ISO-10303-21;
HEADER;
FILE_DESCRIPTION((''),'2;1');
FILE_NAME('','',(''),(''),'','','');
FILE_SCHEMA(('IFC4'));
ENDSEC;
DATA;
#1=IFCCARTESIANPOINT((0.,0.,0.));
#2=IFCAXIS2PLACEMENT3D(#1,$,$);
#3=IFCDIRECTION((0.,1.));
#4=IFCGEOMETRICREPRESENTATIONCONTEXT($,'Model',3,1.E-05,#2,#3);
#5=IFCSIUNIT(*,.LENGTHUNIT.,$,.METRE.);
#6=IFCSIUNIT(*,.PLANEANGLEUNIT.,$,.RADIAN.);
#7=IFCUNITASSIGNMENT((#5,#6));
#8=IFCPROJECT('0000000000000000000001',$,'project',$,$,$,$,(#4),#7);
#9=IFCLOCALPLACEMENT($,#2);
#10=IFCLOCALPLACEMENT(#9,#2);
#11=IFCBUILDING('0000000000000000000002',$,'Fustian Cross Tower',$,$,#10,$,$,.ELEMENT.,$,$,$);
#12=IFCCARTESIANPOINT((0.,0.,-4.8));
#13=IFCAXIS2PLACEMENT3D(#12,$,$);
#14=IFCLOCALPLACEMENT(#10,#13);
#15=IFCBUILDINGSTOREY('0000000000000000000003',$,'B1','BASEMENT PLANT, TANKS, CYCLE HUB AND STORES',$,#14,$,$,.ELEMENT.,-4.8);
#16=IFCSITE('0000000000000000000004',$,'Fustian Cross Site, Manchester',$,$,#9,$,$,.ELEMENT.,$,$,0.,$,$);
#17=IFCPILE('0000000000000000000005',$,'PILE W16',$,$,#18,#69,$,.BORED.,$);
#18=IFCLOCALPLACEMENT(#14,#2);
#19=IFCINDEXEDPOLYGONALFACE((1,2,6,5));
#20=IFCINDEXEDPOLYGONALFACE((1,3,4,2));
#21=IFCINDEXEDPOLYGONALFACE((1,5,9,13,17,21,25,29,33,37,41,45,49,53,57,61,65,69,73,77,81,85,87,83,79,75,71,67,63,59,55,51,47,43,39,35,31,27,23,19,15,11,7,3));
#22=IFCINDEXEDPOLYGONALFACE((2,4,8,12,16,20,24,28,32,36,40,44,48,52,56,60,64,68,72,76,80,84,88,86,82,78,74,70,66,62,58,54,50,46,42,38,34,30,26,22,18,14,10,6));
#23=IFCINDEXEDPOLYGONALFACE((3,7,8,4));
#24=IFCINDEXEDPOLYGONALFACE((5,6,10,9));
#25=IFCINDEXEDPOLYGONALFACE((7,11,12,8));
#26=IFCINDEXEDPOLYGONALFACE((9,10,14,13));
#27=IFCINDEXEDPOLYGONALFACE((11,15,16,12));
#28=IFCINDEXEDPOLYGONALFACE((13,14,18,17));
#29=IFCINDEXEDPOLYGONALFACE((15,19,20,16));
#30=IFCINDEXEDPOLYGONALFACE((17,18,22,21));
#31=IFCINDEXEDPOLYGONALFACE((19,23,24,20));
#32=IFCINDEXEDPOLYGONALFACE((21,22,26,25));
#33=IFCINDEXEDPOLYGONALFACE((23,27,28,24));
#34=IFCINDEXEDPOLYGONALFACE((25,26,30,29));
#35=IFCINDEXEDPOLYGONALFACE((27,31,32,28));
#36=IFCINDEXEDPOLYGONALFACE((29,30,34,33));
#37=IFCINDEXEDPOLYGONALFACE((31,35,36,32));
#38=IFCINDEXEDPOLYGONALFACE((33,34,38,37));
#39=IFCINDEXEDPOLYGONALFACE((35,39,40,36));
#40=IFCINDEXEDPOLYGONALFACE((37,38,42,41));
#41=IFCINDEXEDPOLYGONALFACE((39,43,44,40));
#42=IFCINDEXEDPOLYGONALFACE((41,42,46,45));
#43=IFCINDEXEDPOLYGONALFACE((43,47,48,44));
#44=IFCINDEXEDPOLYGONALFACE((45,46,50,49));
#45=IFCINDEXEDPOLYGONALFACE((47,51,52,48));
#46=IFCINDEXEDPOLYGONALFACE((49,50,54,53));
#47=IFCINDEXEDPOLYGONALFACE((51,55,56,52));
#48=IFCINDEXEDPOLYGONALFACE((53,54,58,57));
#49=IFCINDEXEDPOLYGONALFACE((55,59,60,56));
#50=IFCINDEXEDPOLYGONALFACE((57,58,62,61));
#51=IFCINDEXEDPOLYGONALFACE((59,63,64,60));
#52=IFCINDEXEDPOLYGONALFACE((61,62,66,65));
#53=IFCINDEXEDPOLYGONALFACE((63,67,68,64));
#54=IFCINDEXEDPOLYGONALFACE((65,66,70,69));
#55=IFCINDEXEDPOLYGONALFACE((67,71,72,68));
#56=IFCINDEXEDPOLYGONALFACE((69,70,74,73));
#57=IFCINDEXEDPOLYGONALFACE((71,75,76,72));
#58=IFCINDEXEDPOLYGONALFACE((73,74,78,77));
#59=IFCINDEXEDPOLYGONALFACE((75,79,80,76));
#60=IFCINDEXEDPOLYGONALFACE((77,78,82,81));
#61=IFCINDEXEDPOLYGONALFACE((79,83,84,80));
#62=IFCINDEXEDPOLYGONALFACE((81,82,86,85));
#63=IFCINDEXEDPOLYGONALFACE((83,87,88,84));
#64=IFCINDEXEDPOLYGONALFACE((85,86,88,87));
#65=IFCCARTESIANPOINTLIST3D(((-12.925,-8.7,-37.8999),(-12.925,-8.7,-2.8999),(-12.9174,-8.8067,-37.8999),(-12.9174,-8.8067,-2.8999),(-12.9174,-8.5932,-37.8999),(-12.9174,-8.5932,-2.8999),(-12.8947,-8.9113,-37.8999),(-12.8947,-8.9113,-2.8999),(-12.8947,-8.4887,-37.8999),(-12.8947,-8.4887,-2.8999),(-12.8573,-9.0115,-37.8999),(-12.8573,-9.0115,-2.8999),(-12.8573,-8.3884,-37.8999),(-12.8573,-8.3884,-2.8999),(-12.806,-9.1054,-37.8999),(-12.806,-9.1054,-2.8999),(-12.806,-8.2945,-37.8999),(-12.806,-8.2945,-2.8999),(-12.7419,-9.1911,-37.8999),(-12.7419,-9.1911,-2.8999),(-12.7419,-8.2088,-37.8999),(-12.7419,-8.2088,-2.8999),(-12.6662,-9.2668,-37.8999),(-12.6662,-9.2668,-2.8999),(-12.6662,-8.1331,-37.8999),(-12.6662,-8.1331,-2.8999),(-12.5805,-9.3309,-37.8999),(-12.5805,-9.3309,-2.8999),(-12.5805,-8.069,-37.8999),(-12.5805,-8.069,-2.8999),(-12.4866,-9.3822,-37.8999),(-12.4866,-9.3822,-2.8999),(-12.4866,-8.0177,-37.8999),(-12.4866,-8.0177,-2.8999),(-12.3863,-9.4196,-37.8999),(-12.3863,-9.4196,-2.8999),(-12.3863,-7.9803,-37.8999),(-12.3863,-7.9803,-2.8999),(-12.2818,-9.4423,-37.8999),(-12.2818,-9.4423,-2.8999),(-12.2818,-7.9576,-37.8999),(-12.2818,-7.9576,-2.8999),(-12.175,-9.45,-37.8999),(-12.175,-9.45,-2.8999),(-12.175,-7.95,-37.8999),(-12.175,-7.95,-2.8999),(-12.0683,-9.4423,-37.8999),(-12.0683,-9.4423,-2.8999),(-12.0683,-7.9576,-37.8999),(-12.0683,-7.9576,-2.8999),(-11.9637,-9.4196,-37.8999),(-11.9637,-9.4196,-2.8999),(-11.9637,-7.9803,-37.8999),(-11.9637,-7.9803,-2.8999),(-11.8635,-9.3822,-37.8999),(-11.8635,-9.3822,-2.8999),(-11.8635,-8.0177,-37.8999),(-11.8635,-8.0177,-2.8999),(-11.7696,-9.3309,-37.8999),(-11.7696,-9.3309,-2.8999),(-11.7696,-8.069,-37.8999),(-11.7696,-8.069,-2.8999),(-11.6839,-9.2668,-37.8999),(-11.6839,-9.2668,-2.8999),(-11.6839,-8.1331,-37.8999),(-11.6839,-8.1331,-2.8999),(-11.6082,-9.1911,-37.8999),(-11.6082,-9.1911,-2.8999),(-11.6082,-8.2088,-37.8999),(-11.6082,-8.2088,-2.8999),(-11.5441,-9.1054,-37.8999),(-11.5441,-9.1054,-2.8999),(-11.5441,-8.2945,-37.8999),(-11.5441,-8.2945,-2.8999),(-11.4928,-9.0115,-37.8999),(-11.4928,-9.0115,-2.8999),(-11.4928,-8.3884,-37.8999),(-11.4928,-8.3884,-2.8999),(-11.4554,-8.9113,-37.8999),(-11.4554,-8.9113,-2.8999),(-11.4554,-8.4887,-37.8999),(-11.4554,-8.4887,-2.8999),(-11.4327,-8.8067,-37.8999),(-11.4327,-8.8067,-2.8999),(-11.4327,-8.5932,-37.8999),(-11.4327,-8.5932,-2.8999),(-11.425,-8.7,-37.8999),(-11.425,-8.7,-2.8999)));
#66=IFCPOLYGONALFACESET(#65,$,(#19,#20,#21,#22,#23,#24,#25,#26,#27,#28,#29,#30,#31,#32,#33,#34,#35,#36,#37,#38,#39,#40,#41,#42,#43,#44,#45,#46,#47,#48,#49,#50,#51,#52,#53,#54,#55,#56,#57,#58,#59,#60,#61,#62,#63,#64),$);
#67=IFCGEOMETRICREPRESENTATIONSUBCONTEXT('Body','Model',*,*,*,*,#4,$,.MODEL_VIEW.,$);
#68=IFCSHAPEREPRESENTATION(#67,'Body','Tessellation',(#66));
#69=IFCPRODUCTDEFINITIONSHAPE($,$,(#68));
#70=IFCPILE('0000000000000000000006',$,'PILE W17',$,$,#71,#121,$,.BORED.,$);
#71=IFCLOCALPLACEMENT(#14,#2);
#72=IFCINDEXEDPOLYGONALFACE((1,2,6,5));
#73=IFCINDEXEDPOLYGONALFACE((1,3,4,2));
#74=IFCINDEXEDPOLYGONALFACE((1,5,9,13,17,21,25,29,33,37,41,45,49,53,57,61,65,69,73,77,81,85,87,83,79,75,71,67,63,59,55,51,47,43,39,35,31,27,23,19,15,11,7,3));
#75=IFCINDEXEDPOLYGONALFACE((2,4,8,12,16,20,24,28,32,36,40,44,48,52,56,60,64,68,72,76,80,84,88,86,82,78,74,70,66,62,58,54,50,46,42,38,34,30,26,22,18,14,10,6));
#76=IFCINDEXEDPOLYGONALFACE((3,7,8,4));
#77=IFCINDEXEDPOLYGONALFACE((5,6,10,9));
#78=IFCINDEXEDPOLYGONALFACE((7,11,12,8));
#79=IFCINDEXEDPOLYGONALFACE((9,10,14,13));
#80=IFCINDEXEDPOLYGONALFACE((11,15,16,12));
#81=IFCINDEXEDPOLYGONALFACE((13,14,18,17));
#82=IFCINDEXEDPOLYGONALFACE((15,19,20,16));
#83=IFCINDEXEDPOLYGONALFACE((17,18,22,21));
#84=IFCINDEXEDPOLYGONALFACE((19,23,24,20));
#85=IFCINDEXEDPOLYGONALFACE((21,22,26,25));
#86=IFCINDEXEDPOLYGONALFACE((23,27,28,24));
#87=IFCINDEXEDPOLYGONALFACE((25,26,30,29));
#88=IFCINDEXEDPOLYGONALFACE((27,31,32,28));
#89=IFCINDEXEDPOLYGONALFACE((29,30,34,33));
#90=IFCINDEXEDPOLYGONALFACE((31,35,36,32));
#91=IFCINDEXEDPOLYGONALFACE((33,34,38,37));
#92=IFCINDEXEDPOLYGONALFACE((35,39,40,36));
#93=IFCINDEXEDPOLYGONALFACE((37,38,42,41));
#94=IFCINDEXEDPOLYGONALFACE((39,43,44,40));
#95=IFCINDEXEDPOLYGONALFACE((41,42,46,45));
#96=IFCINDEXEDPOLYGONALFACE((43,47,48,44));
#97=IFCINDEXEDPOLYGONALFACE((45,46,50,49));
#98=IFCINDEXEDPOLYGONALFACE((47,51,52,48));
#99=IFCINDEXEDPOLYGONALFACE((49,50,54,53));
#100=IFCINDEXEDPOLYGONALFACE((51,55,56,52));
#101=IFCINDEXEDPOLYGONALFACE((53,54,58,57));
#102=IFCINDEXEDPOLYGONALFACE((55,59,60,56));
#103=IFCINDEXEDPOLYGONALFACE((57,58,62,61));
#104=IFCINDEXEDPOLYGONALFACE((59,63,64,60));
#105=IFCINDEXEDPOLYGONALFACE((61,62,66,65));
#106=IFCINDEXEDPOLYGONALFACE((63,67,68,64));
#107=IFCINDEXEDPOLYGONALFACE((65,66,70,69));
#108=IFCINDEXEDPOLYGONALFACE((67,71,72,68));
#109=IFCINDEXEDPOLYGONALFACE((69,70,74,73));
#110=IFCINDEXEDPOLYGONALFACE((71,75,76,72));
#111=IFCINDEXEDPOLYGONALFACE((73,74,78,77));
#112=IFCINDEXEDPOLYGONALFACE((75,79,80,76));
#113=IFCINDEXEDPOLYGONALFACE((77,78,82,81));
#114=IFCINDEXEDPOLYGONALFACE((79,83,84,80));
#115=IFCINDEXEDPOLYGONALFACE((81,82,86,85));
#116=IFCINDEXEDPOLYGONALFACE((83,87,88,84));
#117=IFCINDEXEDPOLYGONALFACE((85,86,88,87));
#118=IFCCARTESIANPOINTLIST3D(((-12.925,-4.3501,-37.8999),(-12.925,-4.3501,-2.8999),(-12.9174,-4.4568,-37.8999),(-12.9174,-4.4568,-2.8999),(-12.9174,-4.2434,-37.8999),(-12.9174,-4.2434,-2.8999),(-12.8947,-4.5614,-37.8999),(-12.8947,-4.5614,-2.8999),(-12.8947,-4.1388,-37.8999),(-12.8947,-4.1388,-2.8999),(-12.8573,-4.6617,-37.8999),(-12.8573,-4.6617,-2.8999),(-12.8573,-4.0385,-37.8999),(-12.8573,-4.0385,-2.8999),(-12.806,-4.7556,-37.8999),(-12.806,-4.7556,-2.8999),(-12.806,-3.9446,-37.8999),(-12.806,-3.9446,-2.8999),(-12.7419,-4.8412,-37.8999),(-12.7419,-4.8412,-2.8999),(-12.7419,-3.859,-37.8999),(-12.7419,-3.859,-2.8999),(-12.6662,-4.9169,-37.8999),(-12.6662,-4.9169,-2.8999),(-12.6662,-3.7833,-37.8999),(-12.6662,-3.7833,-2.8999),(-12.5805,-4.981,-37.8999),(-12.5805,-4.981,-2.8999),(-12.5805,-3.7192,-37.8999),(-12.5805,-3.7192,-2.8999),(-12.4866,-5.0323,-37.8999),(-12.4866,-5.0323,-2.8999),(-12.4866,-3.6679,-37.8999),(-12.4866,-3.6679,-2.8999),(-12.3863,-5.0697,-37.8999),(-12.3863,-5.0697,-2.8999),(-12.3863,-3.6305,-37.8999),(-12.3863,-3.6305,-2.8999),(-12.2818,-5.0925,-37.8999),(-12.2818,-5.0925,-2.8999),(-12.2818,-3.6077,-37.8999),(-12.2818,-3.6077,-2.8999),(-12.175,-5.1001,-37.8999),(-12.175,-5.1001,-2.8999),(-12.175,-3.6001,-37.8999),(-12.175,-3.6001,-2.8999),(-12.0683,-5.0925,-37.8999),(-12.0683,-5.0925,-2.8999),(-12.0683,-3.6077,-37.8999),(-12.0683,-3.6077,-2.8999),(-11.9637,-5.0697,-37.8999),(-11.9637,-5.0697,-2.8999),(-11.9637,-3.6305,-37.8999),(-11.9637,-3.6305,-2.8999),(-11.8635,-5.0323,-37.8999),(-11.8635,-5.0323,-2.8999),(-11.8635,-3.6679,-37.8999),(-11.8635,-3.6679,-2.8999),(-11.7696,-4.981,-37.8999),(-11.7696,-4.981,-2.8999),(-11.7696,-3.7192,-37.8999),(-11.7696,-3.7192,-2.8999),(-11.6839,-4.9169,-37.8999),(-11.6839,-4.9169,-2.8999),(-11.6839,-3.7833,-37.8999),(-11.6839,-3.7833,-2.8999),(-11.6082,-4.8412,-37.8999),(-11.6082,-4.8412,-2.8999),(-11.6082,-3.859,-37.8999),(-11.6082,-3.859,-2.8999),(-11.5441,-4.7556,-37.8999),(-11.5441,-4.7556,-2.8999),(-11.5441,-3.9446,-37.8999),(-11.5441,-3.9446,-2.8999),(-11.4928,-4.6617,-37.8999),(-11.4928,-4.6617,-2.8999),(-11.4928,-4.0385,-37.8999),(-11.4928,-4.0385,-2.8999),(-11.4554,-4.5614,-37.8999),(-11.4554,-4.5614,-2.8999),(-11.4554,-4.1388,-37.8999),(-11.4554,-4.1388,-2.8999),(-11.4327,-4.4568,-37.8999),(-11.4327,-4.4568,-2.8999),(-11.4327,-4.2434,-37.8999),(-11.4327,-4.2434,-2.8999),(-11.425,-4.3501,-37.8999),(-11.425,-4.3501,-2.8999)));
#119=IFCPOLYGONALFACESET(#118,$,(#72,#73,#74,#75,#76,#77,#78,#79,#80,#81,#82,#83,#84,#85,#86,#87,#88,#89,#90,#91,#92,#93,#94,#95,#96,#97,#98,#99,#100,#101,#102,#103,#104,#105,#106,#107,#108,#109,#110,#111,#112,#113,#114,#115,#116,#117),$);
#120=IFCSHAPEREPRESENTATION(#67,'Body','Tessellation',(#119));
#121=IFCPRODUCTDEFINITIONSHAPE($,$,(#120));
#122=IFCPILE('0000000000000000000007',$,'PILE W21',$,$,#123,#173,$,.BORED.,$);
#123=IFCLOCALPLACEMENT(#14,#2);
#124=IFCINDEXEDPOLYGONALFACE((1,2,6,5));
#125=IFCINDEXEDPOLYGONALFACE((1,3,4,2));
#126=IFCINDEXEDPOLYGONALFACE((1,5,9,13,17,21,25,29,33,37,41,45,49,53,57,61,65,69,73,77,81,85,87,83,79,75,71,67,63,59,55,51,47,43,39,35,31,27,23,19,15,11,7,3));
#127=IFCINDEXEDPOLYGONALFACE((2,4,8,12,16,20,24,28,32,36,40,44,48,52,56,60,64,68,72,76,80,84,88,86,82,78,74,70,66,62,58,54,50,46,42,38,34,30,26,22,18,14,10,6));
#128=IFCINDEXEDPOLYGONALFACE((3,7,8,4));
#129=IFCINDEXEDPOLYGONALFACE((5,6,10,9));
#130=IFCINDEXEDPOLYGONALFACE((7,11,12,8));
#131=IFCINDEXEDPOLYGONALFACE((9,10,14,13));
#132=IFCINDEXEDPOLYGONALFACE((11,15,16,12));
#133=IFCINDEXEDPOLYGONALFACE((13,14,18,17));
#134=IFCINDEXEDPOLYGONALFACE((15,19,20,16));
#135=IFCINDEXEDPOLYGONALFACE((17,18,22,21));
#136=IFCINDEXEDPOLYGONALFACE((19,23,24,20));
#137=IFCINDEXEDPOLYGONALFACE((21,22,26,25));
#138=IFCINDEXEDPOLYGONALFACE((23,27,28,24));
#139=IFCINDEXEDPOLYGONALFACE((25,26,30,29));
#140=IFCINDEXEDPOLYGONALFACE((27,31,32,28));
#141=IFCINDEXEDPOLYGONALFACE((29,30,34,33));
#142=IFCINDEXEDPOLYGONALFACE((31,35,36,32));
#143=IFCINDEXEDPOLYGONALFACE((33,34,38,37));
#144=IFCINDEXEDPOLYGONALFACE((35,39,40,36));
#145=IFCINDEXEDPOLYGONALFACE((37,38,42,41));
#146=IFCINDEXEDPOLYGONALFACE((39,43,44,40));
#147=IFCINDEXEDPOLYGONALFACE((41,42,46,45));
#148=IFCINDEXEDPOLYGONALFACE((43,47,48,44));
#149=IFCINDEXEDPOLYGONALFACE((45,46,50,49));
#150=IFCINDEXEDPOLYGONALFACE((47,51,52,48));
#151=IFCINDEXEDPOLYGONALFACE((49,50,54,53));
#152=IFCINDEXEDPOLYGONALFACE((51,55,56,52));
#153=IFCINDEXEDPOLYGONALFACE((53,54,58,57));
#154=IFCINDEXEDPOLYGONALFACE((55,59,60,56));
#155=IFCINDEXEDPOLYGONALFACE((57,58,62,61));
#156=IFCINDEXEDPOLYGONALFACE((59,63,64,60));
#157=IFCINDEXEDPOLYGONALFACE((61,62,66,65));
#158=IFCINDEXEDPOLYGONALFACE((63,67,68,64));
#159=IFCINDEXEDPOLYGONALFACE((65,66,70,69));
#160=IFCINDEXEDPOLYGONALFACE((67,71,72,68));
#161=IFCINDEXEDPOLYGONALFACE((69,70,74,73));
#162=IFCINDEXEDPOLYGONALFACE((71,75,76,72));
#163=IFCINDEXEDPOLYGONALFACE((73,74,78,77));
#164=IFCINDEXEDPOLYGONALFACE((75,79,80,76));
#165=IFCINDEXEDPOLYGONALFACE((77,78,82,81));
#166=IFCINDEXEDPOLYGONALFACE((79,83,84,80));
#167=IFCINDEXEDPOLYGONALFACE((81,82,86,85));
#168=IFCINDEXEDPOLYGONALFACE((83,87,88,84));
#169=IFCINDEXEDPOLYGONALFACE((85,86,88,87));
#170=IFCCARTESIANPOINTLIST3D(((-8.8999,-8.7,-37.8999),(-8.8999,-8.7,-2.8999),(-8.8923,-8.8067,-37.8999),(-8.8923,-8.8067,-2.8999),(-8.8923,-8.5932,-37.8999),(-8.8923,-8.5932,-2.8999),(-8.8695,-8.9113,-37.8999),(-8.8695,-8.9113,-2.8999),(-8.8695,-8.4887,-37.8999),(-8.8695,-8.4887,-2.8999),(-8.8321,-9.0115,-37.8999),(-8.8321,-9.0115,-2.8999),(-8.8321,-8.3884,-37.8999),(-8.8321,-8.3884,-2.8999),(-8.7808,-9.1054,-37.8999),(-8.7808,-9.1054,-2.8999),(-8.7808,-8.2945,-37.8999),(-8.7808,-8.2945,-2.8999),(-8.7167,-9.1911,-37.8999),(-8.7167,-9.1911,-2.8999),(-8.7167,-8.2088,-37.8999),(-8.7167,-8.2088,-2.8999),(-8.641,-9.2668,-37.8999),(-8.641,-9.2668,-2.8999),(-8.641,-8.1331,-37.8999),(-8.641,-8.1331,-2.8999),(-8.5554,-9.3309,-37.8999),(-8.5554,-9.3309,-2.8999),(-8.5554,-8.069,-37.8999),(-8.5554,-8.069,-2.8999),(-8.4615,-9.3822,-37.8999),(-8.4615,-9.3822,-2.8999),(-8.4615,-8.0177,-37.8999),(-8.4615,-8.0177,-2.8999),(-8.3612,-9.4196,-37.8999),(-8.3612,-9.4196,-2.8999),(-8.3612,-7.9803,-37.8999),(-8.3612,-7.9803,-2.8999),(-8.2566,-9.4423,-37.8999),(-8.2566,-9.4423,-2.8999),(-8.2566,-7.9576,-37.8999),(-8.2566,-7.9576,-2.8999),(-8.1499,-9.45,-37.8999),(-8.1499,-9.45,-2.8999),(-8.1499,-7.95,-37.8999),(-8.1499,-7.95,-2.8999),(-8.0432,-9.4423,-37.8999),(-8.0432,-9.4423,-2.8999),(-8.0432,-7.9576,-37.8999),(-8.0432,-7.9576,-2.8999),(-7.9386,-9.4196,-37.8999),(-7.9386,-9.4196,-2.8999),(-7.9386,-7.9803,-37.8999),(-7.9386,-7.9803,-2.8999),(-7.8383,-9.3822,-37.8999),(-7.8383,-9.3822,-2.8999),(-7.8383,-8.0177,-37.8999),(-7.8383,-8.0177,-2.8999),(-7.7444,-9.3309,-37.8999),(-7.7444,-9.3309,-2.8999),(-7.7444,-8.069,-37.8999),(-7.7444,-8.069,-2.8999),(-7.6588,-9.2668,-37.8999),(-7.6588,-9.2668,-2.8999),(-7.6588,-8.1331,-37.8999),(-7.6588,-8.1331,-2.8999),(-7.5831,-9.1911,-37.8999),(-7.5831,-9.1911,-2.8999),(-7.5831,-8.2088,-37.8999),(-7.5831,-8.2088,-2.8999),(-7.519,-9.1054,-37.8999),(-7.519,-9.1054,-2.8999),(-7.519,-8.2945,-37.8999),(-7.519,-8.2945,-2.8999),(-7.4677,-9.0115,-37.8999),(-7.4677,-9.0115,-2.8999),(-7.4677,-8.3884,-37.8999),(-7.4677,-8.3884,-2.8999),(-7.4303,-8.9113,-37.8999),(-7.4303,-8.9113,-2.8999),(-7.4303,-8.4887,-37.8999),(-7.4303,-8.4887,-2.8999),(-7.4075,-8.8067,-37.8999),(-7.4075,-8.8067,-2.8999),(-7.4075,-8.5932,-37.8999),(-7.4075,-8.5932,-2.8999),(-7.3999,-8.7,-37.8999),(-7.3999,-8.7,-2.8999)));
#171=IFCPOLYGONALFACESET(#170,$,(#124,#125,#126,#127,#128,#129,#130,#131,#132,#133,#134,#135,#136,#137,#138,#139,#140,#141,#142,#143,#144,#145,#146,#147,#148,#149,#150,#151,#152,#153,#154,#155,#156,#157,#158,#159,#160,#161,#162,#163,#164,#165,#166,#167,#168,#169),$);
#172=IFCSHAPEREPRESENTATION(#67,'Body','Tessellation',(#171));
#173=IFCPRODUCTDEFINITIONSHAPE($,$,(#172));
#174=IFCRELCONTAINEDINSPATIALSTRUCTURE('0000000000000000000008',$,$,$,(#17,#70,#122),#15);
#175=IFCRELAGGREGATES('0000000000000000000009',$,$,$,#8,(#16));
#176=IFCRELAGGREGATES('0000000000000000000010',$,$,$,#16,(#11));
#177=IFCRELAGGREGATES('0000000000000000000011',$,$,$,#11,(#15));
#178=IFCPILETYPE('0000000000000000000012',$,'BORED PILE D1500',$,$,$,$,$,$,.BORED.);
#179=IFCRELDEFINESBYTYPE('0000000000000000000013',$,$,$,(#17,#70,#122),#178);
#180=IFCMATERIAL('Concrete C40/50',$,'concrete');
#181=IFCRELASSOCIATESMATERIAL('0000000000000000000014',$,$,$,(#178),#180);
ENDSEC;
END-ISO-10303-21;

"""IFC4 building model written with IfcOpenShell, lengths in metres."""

from ifc_helpers import new_model, si_unit, direction, frame, origin, origin_2d, place, context, subcontext, project, spatial, circle, extrude, material, material_profile, profile_set, type_object, element, save


model = new_model("IFC4")

# Units and contexts
model_context = context("Model", 3, precision=1e-05, world=origin(), true_north=direction((0.0, 1.0)))
body_context = subcontext(model_context, "Body", "Model", "MODEL_VIEW")
ifc_project = project(units=[si_unit("LENGTHUNIT", "METRE"), si_unit("PLANEANGLEUNIT", "RADIAN")], contexts=[model_context])

# Site, building, storey
site_placement = place(None, origin())
site = spatial("IfcSite", under=ifc_project, at=site_placement, Name="Fustian Cross Site, Manchester", CompositionType="ELEMENT", RefElevation=0.0)
building_placement = place(site_placement, origin())
building = spatial("IfcBuilding", under=site, at=building_placement, Name="Fustian Cross Tower", CompositionType="ELEMENT")
storey_placement = place(building_placement, frame((0.0, 0.0, -4.8)))
storey = spatial("IfcBuildingStorey", under=building, at=storey_placement, Name="B1", Description="BASEMENT PLANT, TANKS, CYCLE HUB AND STORES", CompositionType="ELEMENT", Elevation=-4.8)

# Piles
ifc_material_1 = material(Name="Concrete C40/50", Category="concrete")
ifc_material_profile_1 = material_profile(ifc_material_1, circle(Radius=0.75, at=origin_2d()), Name="BORED PILE D1500")
ifc_profile_set_1 = profile_set([ifc_material_profile_1], Name="Concrete C40/50")
pile_type_1 = type_object("IfcPileType", Name="BORED PILE D1500", PredefinedType="BORED", material=ifc_profile_set_1)
for number, where, z_axis, x_axis, name in (
    (1, (-12.175, -8.7, -2.8999), (0.0, 0.0, -1.0), (1.0, 0.0, 0.0), "PILE W16"),
    (2, (-12.175, -4.3501, -2.8999), (0.0, 0.0, -1.0), (1.0, 0.0, 0.0), "PILE W17"),
    (3, (-8.1499, -8.7, -2.8999), (0.0, 0.0, -1.0), (1.0, 0.0, 0.0), "PILE W21"),
):
    element("IfcPile", number, at=place(storey_placement, frame(where, z_axis=z_axis, x_axis=x_axis)), inside=storey, type_object=pile_type_1, Name=name, PredefinedType="BORED", context=body_context, shape_type="SweptSolid", body=[
        extrude(circle(Radius=0.75, at=origin_2d()), origin(), (0.0, 0.0, 1.0), 35.0),
    ])

save(model, "model.ifc")
